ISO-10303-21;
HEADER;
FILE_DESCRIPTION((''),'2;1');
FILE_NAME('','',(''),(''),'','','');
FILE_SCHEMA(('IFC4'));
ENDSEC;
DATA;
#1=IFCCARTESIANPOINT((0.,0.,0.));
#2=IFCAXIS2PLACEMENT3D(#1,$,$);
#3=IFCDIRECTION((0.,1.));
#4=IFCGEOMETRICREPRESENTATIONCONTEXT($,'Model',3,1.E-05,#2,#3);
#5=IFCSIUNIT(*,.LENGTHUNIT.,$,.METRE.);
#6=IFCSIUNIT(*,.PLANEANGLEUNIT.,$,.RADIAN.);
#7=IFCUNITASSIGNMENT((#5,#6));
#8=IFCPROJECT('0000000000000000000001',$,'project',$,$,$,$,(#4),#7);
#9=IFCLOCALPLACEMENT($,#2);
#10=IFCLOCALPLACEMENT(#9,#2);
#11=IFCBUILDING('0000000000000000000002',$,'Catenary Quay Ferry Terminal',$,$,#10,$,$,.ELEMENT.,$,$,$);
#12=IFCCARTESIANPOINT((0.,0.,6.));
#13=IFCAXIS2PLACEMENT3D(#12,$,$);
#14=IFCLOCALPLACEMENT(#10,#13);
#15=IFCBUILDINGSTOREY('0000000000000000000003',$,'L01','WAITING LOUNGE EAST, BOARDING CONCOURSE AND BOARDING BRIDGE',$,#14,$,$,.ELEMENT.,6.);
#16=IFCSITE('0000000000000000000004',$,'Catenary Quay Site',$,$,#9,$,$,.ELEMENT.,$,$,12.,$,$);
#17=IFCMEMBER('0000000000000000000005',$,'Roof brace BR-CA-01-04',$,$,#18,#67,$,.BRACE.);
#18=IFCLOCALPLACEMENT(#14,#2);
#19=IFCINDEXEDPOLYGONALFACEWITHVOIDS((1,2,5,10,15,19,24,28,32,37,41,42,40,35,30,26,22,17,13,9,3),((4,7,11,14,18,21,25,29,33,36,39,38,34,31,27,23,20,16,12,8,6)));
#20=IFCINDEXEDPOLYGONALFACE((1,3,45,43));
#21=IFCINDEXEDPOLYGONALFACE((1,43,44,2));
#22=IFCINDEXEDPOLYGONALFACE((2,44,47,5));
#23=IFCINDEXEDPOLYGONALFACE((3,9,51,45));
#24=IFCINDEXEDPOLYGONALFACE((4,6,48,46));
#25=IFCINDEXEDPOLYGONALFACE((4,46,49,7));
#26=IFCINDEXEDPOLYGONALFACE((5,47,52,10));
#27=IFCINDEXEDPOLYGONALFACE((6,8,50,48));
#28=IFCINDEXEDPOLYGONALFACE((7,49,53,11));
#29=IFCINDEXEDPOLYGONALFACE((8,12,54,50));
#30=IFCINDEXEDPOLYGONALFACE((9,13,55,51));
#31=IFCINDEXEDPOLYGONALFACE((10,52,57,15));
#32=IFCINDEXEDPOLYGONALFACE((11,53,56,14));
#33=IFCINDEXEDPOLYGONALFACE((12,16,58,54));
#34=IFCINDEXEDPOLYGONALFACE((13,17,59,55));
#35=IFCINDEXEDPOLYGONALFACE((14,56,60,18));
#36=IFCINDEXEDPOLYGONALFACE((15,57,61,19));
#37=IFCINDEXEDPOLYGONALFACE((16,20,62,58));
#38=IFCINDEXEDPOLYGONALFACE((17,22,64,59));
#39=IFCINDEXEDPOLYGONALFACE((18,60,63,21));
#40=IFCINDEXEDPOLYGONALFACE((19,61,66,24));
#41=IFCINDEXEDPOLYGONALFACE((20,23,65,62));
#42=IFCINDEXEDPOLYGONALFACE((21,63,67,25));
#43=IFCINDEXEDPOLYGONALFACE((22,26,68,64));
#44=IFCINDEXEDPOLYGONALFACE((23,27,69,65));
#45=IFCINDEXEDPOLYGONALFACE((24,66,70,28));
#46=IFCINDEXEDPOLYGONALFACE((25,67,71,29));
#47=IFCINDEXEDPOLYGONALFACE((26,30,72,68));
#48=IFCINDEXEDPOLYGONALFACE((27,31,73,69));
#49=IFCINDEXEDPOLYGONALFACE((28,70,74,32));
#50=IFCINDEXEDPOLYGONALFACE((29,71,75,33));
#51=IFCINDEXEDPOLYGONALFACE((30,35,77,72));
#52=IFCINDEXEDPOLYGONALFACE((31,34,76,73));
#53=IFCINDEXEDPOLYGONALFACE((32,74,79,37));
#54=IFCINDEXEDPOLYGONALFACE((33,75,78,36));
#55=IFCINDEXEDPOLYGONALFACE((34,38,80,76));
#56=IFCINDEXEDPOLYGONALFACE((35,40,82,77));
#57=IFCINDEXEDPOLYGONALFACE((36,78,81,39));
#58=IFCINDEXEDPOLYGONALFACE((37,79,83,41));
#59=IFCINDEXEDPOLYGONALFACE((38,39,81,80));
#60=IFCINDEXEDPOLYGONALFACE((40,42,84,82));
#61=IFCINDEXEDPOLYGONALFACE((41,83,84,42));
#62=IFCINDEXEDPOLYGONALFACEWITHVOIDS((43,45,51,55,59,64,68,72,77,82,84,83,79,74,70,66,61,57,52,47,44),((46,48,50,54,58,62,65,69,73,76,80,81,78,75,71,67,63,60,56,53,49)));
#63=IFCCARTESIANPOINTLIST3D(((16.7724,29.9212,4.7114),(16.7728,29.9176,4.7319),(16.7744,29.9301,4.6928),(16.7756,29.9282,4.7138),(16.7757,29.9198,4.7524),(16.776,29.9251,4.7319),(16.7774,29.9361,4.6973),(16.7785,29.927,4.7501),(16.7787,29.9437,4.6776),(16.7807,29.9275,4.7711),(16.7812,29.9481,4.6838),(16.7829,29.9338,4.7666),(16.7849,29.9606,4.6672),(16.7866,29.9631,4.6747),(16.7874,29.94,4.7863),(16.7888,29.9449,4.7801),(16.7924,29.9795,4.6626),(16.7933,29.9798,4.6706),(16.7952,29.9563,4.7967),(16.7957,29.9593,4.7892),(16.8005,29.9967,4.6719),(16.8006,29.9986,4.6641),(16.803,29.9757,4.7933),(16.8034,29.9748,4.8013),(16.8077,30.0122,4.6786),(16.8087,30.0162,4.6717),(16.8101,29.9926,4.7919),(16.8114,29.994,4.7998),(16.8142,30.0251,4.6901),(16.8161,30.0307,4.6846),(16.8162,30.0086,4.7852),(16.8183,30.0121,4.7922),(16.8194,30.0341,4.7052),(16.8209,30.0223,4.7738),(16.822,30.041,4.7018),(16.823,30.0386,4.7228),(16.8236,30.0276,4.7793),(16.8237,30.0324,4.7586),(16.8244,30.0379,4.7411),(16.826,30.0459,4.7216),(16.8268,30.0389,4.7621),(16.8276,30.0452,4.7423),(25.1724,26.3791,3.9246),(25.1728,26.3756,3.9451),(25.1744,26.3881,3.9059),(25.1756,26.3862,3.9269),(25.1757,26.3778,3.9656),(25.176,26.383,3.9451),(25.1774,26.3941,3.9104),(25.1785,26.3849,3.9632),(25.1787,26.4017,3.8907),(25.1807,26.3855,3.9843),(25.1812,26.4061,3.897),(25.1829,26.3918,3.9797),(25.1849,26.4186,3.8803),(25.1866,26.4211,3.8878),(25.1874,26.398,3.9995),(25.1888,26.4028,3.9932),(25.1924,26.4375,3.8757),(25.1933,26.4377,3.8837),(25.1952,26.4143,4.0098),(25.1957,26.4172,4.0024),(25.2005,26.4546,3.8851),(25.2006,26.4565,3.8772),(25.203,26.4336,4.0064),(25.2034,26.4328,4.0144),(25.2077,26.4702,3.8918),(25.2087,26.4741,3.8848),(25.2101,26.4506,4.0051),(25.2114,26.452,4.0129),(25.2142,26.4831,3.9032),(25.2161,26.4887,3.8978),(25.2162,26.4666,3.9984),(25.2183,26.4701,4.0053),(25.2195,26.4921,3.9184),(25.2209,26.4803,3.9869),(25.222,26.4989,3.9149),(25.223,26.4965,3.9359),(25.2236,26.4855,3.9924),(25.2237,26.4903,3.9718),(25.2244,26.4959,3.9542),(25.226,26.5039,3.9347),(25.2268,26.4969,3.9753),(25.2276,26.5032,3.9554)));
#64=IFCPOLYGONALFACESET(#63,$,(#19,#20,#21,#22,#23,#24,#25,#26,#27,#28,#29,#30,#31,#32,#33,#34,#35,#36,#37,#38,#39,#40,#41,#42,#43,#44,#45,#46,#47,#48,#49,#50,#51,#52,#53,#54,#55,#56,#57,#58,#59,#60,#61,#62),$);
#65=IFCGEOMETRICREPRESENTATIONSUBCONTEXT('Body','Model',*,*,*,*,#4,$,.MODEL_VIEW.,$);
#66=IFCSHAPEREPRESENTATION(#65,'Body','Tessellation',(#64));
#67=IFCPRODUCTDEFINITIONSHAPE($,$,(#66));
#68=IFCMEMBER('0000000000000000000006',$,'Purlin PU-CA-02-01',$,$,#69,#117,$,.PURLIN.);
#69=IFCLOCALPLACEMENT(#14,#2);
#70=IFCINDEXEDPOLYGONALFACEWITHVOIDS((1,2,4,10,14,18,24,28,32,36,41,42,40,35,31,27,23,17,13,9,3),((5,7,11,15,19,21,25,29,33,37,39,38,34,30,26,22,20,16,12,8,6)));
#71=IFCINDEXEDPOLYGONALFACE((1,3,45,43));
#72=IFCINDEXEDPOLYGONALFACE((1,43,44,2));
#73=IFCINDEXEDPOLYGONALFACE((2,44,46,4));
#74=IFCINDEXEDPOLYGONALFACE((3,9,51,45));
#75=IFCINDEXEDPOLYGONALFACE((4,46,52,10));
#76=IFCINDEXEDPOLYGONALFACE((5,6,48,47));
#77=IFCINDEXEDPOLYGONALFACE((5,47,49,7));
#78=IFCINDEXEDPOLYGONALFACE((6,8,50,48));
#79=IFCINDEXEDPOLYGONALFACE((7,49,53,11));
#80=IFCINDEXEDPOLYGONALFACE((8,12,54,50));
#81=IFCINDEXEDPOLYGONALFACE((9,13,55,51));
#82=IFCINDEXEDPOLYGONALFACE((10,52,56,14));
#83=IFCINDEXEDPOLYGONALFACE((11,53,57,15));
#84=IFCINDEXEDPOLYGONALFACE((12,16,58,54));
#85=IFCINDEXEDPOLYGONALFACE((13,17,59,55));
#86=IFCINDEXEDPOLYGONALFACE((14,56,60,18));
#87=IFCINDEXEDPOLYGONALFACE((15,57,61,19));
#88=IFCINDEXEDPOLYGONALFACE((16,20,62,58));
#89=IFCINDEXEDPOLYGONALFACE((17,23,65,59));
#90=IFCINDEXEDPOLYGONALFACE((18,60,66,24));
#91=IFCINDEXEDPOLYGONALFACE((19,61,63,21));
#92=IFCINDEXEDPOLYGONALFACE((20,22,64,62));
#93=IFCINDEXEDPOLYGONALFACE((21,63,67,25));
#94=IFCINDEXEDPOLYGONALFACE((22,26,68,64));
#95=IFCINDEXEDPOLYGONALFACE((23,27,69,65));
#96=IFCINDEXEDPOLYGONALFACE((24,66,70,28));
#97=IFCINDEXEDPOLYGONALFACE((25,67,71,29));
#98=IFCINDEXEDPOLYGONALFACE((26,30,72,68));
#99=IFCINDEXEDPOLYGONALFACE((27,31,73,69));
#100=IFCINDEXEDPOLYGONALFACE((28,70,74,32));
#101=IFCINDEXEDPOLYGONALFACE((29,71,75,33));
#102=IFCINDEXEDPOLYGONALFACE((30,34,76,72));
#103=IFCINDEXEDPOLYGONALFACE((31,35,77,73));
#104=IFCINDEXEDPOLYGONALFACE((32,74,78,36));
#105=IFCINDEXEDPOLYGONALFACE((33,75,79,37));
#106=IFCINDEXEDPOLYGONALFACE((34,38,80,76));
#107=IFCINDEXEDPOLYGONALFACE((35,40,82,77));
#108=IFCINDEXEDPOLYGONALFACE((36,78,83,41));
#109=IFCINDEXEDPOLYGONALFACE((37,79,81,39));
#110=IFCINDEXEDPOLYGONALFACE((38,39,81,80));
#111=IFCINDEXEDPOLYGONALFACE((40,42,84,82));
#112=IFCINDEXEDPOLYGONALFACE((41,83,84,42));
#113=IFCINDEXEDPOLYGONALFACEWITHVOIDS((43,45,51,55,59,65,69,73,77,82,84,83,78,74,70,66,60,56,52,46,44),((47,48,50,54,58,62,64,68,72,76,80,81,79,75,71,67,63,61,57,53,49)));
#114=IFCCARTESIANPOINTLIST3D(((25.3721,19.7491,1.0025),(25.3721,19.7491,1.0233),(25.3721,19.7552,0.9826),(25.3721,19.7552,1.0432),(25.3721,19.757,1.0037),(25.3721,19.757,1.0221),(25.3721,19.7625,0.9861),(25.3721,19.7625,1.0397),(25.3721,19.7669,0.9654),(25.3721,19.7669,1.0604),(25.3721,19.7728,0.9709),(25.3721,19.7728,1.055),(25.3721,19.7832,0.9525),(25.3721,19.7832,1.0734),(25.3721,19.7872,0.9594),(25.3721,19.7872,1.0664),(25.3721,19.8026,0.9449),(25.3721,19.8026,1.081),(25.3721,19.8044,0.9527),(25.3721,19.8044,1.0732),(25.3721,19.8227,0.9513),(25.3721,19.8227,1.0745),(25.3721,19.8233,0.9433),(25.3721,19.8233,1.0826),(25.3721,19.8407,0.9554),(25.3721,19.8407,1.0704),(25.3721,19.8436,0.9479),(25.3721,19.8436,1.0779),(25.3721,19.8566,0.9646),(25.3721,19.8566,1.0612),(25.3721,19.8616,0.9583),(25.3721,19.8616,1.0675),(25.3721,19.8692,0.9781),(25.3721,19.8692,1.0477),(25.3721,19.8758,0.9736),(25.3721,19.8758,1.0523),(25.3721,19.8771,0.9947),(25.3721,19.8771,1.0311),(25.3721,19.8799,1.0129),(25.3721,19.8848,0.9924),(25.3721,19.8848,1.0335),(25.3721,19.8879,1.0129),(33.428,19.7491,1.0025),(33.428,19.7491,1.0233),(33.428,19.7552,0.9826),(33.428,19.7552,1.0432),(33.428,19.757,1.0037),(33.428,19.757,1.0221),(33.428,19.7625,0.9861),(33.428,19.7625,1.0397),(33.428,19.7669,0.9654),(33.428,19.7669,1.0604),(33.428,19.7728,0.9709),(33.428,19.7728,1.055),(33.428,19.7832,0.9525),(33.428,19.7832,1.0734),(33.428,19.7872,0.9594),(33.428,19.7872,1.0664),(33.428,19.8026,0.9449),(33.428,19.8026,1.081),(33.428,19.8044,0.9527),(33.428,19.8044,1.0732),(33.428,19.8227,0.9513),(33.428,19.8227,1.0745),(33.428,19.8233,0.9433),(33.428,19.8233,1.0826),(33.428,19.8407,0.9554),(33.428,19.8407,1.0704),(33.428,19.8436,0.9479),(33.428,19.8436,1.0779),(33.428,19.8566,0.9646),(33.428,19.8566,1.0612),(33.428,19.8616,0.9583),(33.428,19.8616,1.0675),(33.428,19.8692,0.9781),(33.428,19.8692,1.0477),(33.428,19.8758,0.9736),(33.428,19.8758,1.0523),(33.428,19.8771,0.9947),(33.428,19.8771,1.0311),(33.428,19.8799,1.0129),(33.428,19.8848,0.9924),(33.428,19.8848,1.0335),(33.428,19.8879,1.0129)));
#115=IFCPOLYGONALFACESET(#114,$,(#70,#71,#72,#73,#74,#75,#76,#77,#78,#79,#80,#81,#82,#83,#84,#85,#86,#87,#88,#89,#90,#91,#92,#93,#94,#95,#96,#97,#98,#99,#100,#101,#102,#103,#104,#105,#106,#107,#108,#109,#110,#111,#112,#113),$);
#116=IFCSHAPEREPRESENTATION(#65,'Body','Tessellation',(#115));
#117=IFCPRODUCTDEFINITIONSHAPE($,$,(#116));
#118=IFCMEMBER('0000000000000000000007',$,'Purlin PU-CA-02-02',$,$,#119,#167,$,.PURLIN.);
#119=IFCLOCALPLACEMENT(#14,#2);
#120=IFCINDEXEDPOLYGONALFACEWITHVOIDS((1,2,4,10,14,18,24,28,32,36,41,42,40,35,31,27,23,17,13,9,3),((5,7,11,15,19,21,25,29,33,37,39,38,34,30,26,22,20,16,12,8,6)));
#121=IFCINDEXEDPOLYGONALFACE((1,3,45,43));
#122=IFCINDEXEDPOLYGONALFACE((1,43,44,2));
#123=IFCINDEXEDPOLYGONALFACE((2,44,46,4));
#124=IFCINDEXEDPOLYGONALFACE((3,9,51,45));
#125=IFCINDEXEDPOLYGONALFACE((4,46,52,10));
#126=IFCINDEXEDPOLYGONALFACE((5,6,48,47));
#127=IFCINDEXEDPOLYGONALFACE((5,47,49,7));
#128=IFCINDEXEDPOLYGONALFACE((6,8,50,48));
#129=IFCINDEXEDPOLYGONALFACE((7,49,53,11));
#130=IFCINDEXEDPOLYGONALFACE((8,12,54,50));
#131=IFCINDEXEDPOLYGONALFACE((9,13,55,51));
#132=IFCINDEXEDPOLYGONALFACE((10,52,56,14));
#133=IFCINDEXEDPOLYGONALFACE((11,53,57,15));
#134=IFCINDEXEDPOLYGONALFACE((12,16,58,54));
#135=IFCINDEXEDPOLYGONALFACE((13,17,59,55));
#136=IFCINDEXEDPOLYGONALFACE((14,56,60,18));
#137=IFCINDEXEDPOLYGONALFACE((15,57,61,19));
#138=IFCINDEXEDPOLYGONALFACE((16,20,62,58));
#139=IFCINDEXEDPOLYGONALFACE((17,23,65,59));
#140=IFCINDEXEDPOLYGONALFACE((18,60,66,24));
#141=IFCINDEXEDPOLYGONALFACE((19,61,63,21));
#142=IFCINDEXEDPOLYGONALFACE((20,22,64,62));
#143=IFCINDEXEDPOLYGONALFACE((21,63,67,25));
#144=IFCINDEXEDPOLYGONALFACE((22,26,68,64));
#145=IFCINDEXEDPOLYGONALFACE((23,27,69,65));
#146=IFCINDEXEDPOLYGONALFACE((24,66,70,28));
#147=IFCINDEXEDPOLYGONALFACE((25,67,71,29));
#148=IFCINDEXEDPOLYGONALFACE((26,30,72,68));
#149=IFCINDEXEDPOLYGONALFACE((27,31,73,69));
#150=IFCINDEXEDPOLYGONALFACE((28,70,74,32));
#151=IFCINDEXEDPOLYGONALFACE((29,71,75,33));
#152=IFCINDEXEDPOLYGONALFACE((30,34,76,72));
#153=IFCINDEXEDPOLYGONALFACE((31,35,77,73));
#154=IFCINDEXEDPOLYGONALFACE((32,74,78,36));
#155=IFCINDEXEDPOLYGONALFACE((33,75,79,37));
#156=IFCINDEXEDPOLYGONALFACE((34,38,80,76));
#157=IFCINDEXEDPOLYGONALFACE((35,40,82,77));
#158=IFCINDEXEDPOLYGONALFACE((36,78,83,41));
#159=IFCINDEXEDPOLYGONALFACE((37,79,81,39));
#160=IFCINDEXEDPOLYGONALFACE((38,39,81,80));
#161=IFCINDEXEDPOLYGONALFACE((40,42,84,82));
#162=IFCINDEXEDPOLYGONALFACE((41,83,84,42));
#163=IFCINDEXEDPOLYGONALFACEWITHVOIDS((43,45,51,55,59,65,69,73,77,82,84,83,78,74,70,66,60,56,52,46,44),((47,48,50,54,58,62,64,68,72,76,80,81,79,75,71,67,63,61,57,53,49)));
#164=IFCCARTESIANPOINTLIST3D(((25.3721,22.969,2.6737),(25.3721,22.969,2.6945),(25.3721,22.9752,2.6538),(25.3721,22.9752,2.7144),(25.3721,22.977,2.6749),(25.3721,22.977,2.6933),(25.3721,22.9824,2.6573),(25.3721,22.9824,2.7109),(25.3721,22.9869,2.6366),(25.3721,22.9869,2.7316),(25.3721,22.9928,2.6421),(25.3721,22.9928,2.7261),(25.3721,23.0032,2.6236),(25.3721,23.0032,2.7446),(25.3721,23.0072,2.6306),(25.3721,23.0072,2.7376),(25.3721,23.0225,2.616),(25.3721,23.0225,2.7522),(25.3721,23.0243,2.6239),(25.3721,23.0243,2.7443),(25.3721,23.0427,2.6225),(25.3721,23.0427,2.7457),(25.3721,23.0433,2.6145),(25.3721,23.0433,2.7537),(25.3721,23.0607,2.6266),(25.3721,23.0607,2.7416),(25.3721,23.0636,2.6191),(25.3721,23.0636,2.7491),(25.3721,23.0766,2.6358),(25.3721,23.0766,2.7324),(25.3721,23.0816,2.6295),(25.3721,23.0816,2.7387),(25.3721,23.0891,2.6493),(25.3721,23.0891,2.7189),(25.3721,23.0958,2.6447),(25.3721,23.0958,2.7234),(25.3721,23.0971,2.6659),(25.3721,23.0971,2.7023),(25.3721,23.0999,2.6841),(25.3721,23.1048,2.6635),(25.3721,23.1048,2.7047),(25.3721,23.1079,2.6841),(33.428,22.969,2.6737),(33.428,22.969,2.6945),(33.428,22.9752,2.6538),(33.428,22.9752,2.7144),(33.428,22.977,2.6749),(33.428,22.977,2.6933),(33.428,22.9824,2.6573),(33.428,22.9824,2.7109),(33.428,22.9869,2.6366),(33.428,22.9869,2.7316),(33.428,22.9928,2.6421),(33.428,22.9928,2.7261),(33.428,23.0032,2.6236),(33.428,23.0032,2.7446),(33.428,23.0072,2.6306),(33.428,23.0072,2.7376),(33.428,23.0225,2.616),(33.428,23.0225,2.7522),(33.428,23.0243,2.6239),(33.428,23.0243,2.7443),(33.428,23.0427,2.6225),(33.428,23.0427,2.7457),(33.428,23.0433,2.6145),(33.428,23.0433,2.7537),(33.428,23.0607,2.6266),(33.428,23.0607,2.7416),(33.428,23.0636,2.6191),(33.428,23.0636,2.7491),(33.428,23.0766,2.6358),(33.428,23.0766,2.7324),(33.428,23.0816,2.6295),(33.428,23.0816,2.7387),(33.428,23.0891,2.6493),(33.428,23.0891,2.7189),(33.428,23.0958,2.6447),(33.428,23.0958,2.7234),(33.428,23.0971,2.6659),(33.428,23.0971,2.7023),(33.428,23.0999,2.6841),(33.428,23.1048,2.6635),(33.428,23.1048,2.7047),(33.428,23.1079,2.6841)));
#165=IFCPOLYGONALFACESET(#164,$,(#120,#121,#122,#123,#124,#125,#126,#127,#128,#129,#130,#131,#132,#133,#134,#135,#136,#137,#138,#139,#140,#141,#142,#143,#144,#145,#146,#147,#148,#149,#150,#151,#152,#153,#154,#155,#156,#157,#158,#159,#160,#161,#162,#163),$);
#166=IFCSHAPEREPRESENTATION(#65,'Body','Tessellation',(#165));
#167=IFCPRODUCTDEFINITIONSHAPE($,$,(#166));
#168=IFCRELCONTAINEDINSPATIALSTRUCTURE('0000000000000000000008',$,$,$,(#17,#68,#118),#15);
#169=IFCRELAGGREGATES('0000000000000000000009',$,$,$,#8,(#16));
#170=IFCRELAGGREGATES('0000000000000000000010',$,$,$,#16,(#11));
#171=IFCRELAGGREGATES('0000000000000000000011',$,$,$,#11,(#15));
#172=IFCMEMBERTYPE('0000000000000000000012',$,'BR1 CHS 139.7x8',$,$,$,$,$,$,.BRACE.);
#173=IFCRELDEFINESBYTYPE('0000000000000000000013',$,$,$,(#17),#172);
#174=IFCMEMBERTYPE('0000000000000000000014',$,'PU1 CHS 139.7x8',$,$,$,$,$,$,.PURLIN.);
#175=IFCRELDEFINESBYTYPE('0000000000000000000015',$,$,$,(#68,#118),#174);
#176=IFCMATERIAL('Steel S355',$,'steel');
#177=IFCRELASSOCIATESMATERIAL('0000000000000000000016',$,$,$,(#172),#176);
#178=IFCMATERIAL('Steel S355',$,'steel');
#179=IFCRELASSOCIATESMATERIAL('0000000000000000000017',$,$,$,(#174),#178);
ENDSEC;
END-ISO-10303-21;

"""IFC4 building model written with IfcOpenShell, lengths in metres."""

from ifc_helpers import new_model, si_unit, direction, frame, origin, origin_2d, place, context, subcontext, project, spatial, hollow_circle, extrude, material, material_profile, profile_set, type_object, element, save


model = new_model("IFC4")

# Units and contexts
model_context = context("Model", 3, precision=1e-05, world=origin(), true_north=direction((0.0, 1.0)))
body_context = subcontext(model_context, "Body", "Model", "MODEL_VIEW")
ifc_project = project(units=[si_unit("LENGTHUNIT", "METRE"), si_unit("PLANEANGLEUNIT", "RADIAN")], contexts=[model_context])

# Site, building, storey
site_placement = place(None, origin())
site = spatial("IfcSite", under=ifc_project, at=site_placement, Name="Catenary Quay Site", CompositionType="ELEMENT", RefElevation=12.0)
building_placement = place(site_placement, origin())
building = spatial("IfcBuilding", under=site, at=building_placement, Name="Catenary Quay Ferry Terminal", CompositionType="ELEMENT")
storey_placement = place(building_placement, frame((0.0, 0.0, 6.0)))
storey = spatial("IfcBuildingStorey", under=building, at=storey_placement, Name="L01", Description="WAITING LOUNGE EAST, BOARDING CONCOURSE AND BOARDING BRIDGE", CompositionType="ELEMENT", Elevation=6.0)

# Members
ifc_material_1 = material(Name="Steel S355", Category="steel")
ifc_material_profile_1 = material_profile(ifc_material_1, hollow_circle(Radius=0.0698, WallThickness=0.0081, at=origin_2d()), Name="CHS 139.7x8")
ifc_profile_set_1 = profile_set([ifc_material_profile_1], Name="Steel S355")
member_type_1 = type_object("IfcMemberType", Name="BR1 CHS 139.7x8", PredefinedType="BRACE", material=ifc_profile_set_1)
member_1_placement = place(storey_placement, frame((25.2, 26.4399, 3.9451), z_axis=(-0.918018, 0.387101, 0.085996), x_axis=(-0.388541, -0.921432, 0.0)))
element("IfcMember", 1, at=member_1_placement, inside=storey, type_object=member_type_1, Name="Roof brace BR-CA-01-04", PredefinedType="BRACE", context=body_context, shape_type="SweptSolid", body=[
    extrude(hollow_circle(Radius=0.0698, WallThickness=0.0081, at=origin_2d()), origin(), (0.0, 0.0, 1.0), 9.1501),
])
ifc_material_2 = material(Name="Steel S355", Category="steel")
ifc_material_profile_2 = material_profile(ifc_material_2, hollow_circle(Radius=0.0698, WallThickness=0.0081, at=origin_2d()), Name="CHS 139.7x8")
ifc_profile_set_2 = profile_set([ifc_material_profile_2], Name="Steel S355")
member_type_2 = type_object("IfcMemberType", Name="PU1 CHS 139.7x8", PredefinedType="PURLIN", material=ifc_profile_set_2)
for number, where, z_axis, x_axis, name in (
    (2, (25.3721, 19.8181, 1.0129), (1.0, 0.0, 0.0), (0.0, 1.0, 0.0), "Purlin PU-CA-02-01"),
    (3, (25.3721, 23.0381, 2.6841), (1.0, 0.0, 0.0), (0.0, 1.0, 0.0), "Purlin PU-CA-02-02"),
):
    element("IfcMember", number, at=place(storey_placement, frame(where, z_axis=z_axis, x_axis=x_axis)), inside=storey, type_object=member_type_2, Name=name, PredefinedType="PURLIN", context=body_context, shape_type="SweptSolid", body=[
        extrude(hollow_circle(Radius=0.0698, WallThickness=0.0081, at=origin_2d()), origin(), (0.0, 0.0, 1.0), 8.0559),
    ])

save(model, "model.ifc")
